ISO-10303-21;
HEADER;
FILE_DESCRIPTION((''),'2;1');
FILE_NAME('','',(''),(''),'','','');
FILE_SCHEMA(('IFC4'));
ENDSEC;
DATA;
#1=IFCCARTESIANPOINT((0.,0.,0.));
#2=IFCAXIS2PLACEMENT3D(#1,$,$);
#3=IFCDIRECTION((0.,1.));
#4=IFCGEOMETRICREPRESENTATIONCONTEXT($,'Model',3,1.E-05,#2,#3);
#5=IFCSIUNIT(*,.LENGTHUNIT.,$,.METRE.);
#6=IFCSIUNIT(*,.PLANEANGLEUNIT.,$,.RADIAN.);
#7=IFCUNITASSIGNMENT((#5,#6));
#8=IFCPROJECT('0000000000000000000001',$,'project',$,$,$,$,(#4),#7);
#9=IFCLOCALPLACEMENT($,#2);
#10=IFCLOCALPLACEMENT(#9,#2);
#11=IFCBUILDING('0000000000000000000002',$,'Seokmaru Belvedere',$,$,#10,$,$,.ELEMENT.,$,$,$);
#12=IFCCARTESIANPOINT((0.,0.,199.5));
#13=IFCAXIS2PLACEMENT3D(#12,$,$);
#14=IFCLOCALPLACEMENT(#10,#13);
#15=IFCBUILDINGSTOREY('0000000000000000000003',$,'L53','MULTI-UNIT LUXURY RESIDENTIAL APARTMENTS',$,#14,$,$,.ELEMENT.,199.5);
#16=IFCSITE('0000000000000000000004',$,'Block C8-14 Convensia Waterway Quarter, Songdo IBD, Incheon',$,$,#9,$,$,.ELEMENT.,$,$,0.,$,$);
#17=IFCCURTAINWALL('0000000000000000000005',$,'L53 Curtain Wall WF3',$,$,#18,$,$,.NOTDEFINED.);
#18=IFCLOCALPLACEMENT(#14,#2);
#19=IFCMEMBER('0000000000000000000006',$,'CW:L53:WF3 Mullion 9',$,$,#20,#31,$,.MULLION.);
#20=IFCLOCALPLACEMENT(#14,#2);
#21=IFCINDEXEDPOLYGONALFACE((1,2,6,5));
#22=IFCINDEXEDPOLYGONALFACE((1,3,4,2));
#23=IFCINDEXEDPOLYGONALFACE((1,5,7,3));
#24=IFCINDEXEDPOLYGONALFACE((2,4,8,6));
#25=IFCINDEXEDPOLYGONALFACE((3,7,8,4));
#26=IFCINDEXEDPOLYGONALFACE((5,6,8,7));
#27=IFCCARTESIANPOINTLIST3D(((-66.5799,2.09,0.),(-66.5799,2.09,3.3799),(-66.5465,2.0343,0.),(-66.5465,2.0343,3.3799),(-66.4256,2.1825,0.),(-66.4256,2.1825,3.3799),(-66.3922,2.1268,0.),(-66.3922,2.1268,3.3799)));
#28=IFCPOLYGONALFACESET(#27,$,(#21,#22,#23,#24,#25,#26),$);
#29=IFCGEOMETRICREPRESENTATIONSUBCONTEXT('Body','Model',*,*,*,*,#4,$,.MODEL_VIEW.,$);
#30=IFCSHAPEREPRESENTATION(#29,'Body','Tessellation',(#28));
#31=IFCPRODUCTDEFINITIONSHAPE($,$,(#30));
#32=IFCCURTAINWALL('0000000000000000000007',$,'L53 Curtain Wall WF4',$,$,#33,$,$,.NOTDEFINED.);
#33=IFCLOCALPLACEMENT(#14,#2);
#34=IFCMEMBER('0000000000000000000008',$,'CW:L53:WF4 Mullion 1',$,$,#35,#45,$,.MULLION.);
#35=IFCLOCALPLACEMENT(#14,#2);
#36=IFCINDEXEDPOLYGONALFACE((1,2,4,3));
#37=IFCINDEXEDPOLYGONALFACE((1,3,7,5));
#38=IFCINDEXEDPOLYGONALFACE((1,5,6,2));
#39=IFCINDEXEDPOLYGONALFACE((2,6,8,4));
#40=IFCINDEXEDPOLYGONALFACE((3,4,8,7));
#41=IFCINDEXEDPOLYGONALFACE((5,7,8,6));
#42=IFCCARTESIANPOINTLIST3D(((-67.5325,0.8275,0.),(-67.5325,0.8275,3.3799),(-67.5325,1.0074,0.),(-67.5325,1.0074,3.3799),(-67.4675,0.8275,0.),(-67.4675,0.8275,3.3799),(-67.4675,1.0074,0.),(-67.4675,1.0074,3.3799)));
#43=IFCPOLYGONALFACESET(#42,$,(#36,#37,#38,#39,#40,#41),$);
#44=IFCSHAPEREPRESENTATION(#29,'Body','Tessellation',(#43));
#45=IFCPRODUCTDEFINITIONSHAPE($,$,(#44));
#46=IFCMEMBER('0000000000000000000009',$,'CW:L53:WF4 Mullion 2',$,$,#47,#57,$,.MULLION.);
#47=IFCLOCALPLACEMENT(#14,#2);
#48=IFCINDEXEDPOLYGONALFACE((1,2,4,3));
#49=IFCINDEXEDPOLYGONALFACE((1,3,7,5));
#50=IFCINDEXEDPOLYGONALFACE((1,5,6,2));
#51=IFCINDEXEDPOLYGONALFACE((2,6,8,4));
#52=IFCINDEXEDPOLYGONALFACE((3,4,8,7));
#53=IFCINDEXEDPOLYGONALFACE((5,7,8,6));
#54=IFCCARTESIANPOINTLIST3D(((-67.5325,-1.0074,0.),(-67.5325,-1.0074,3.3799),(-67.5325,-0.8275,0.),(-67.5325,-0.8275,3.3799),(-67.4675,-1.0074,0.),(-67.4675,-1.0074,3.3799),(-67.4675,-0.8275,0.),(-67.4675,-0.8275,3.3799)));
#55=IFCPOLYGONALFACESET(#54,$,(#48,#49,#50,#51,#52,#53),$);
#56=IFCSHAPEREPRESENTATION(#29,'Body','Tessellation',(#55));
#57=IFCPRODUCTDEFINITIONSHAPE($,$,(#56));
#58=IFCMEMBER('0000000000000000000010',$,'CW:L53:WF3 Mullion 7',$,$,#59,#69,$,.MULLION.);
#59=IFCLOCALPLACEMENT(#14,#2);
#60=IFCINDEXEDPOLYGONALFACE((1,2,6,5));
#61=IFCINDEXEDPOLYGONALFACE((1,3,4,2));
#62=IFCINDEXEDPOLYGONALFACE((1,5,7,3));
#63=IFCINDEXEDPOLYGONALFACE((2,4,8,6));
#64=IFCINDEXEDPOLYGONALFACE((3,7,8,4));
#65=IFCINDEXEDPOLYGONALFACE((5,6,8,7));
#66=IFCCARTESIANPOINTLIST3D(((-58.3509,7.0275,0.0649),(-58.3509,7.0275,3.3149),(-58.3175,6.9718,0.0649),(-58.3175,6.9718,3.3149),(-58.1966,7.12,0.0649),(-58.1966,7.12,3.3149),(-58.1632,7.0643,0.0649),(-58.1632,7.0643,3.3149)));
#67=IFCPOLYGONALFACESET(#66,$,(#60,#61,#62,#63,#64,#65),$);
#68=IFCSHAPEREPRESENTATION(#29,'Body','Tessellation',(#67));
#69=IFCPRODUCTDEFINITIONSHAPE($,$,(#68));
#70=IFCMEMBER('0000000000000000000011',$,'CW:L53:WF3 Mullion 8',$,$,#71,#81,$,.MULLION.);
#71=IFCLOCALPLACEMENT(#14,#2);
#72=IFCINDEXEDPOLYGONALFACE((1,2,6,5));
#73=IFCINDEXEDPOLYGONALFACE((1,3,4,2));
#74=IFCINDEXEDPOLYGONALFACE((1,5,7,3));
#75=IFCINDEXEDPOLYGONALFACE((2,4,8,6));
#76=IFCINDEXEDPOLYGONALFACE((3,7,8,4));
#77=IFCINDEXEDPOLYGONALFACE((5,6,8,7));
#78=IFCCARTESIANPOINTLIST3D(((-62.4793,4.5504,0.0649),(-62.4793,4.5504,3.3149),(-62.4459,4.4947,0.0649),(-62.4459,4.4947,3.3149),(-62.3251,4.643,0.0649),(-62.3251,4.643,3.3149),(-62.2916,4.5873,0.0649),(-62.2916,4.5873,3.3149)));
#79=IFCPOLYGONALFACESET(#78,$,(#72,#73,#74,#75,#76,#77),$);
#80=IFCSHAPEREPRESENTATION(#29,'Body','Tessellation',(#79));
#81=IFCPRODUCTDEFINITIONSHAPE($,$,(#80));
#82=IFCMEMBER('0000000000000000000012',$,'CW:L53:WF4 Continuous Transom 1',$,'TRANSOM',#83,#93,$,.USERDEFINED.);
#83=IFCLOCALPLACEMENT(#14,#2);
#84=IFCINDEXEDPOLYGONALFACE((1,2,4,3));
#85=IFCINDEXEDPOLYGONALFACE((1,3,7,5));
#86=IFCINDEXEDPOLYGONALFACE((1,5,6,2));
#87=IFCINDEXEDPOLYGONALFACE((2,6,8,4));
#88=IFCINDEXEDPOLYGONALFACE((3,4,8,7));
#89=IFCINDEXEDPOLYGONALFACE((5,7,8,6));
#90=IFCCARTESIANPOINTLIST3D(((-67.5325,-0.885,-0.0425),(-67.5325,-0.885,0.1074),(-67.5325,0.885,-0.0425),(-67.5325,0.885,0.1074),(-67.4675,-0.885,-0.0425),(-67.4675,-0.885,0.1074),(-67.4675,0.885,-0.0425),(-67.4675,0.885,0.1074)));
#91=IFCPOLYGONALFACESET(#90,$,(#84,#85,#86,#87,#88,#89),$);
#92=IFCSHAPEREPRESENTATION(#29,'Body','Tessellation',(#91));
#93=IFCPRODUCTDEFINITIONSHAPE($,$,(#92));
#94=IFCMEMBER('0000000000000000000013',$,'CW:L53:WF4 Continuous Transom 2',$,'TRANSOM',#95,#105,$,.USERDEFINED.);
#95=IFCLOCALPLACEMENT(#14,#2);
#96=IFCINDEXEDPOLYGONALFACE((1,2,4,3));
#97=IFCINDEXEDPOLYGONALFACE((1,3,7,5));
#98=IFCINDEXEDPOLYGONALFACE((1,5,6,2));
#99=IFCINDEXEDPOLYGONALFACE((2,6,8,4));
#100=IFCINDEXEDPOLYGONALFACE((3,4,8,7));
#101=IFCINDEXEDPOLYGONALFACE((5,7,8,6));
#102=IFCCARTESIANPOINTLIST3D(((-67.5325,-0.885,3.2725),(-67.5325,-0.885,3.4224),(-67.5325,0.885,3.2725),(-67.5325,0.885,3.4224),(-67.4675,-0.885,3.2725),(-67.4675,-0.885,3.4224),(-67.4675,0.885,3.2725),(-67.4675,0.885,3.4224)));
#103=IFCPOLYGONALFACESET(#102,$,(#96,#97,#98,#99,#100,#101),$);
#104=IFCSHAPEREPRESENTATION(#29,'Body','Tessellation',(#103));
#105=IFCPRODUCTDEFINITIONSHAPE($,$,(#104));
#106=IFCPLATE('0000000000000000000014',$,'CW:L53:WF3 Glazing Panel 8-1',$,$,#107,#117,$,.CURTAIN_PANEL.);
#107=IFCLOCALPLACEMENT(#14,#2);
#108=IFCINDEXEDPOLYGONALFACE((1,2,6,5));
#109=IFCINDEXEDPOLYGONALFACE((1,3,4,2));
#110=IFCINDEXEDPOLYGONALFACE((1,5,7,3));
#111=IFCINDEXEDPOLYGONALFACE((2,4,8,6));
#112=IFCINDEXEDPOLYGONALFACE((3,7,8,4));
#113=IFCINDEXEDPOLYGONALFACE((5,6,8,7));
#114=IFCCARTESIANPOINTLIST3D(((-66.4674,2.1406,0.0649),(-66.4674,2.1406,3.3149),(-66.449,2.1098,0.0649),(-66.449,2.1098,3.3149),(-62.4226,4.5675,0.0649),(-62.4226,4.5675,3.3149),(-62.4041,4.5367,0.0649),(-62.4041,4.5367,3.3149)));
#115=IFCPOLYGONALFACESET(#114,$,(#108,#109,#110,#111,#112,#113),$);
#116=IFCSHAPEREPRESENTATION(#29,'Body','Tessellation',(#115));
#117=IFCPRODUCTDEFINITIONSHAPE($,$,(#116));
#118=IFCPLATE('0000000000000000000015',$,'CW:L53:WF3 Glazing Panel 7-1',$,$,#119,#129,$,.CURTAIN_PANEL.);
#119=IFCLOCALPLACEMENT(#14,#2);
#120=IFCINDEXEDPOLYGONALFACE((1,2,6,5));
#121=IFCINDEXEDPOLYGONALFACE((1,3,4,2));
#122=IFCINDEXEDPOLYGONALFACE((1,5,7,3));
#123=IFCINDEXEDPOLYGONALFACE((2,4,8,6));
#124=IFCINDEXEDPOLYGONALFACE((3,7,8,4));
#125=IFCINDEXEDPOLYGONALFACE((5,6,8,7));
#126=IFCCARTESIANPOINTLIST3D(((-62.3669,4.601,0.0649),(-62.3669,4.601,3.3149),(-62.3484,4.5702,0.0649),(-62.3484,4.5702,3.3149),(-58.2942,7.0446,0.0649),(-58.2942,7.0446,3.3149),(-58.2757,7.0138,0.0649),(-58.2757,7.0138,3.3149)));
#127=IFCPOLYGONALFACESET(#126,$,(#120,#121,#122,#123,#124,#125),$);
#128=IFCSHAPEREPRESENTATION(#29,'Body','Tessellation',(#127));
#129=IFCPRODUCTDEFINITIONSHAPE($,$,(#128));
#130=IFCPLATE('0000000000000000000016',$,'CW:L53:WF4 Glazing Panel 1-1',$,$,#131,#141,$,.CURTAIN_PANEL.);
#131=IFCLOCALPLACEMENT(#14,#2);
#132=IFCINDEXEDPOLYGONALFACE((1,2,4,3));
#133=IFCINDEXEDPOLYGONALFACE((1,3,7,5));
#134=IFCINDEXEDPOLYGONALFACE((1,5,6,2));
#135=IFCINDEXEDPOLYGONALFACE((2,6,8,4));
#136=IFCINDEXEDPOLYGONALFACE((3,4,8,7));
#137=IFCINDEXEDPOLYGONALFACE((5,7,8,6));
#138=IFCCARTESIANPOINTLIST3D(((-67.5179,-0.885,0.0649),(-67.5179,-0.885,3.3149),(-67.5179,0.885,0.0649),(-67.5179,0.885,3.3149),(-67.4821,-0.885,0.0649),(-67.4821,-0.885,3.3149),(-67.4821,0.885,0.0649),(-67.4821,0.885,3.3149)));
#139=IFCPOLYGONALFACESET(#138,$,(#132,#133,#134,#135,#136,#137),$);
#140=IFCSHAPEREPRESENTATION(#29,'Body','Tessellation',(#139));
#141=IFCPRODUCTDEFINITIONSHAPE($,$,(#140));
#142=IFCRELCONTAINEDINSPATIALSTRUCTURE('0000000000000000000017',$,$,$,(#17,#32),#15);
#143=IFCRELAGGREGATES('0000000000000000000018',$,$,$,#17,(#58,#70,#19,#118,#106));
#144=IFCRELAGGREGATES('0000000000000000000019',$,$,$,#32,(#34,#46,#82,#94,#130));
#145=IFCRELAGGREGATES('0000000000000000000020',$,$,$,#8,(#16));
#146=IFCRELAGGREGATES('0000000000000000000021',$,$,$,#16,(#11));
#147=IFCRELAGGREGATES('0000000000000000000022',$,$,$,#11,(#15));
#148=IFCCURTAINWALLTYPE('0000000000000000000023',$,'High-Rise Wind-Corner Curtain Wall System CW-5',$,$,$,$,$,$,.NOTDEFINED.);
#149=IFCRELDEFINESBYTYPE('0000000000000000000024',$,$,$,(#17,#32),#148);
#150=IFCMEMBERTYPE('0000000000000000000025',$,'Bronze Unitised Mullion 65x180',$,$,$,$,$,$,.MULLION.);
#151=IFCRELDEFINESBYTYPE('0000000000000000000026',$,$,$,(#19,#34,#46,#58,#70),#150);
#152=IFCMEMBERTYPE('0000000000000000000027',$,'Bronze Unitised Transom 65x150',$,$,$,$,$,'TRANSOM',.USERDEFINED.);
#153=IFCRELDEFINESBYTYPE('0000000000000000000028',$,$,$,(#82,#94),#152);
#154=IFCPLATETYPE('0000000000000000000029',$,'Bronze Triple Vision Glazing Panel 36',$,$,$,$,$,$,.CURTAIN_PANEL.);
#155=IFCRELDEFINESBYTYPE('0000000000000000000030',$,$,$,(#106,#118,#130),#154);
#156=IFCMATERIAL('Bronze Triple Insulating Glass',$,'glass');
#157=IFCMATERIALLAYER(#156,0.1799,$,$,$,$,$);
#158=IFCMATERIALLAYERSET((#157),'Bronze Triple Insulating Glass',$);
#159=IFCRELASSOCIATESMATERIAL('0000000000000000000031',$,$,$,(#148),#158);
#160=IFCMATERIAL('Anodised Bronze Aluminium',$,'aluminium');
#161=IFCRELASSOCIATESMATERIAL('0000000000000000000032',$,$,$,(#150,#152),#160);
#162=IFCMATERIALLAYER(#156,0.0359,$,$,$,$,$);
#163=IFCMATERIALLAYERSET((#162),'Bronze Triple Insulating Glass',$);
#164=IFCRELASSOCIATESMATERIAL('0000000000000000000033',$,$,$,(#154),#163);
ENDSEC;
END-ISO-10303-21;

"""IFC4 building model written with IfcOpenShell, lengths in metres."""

from ifc_helpers import new_model, si_unit, direction, frame, origin, origin_2d, place, context, subcontext, project, spatial, rectangle, extrude, source, transform, mapped, material, layer, layer_set, material_profile, profile_set, type_object, type_shapes, element, aggregate, save


model = new_model("IFC4")

# Units and contexts
model_context = context("Model", 3, precision=1e-05, world=origin(), true_north=direction((0.0, 1.0)))
body_context = subcontext(model_context, "Body", "Model", "MODEL_VIEW")
ifc_project = project(units=[si_unit("LENGTHUNIT", "METRE"), si_unit("PLANEANGLEUNIT", "RADIAN")], contexts=[model_context])

# Site, building, storey
site_placement = place(None, origin())
site = spatial("IfcSite", under=ifc_project, at=site_placement, Name="Block C8-14 Convensia Waterway Quarter, Songdo IBD, Incheon", CompositionType="ELEMENT", RefElevation=0.0)
building_placement = place(site_placement, origin())
building = spatial("IfcBuilding", under=site, at=building_placement, Name="Seokmaru Belvedere", CompositionType="ELEMENT")
storey_placement = place(building_placement, frame((0.0, 0.0, 199.5)))
storey = spatial("IfcBuildingStorey", under=building, at=storey_placement, Name="L53", Description="MULTI-UNIT LUXURY RESIDENTIAL APARTMENTS", CompositionType="ELEMENT", Elevation=199.5)

# Curtain wall, member
ifc_material_1 = material(Name="Bronze Triple Insulating Glass", Category="glass")
ifc_layer_1 = layer(ifc_material_1, 0.1799)
ifc_layer_set_1 = layer_set([ifc_layer_1], Name="Bronze Triple Insulating Glass")
curtain_wall_type = type_object("IfcCurtainWallType", Name="High-Rise Wind-Corner Curtain Wall System CW-5", PredefinedType="NOTDEFINED", material=ifc_layer_set_1)
curtain_wall_1_placement = place(storey_placement, origin())
curtain_wall_1 = element("IfcCurtainWall", 1, at=curtain_wall_1_placement, inside=storey, type_object=curtain_wall_type, Name="L53 Curtain Wall WF3", PredefinedType="NOTDEFINED")
ifc_material_2 = material(Name="Anodised Bronze Aluminium", Category="aluminium")
ifc_material_profile_1 = material_profile(ifc_material_2, rectangle(XDim=0.0649, YDim=0.1799, at=origin_2d()), Name="CW-M-65x180")
ifc_profile_set_1 = profile_set([ifc_material_profile_1], Name="Anodised Bronze Aluminium")
member_type_1 = type_object("IfcMemberType", Name="Bronze Unitised Mullion 65x180", PredefinedType="MULLION", material=ifc_profile_set_1)
shared_shape_1 = source(origin(), body_context, "Body", "SweptSolid", [
    extrude(rectangle(XDim=0.0649, YDim=0.1799, at=origin_2d()), origin(), (0.0, 0.0, 1.0), 3.3799),
])
member_1_placement = place(storey_placement, frame((-66.4861, 2.1084, 0.0), z_axis=(0.0, 0.0, 1.0), x_axis=(0.514495, -0.857493, 0.0)))
member_1 = element("IfcMember", 2, at=member_1_placement, type_object=member_type_1, Name="CW:L53:WF3 Mullion 9", PredefinedType="MULLION", context=body_context, shape_type="MappedRepresentation", body=[
    mapped(shared_shape_1, transform((0.0, 0.0, 0.0), scale=1.0)),
])

# Curtain wall, members
curtain_wall_2_placement = place(storey_placement, origin())
curtain_wall_2 = element("IfcCurtainWall", 3, at=curtain_wall_2_placement, inside=storey, type_object=curtain_wall_type, Name="L53 Curtain Wall WF4", PredefinedType="NOTDEFINED")
member_2_placement = place(storey_placement, frame((-67.5, 0.9175, 0.0), z_axis=(0.0, 0.0, 1.0), x_axis=(1.0, 0.0, 0.0)))
member_2 = element("IfcMember", 4, at=member_2_placement, type_object=member_type_1, Name="CW:L53:WF4 Mullion 1", PredefinedType="MULLION", context=body_context, shape_type="MappedRepresentation", body=[
    mapped(shared_shape_1, transform((0.0, 0.0, 0.0), scale=1.0)),
])
member_3_placement = place(storey_placement, frame((-67.5, -0.9175, 0.0), z_axis=(0.0, 0.0, 1.0), x_axis=(1.0, 0.0, 0.0)))
member_3 = element("IfcMember", 5, at=member_3_placement, type_object=member_type_1, Name="CW:L53:WF4 Mullion 2", PredefinedType="MULLION", context=body_context, shape_type="MappedRepresentation", body=[
    mapped(shared_shape_1, transform((0.0, 0.0, 0.0), scale=1.0)),
])

# Members
shared_shape_2 = source(origin(), body_context, "Body", "SweptSolid", [
    extrude(rectangle(XDim=0.0649, YDim=0.1799, at=origin_2d()), origin(), (0.0, 0.0, 1.0), 3.25),
])
type_shapes(member_type_1, [shared_shape_1, shared_shape_2])
member_4_placement = place(storey_placement, frame((-58.2571, 7.0459, 0.0649), z_axis=(0.0, 0.0, 1.0), x_axis=(0.514495, -0.857493, 0.0)))
member_4 = element("IfcMember", 6, at=member_4_placement, type_object=member_type_1, Name="CW:L53:WF3 Mullion 7", PredefinedType="MULLION", context=body_context, shape_type="MappedRepresentation", body=[
    mapped(shared_shape_2, transform((0.0, 0.0, 0.0), scale=1.0)),
])
member_5_placement = place(storey_placement, frame((-62.3855, 4.5688, 0.0649), z_axis=(0.0, 0.0, 1.0), x_axis=(0.514495, -0.857493, 0.0)))
member_5 = element("IfcMember", 7, at=member_5_placement, type_object=member_type_1, Name="CW:L53:WF3 Mullion 8", PredefinedType="MULLION", context=body_context, shape_type="MappedRepresentation", body=[
    mapped(shared_shape_2, transform((0.0, 0.0, 0.0), scale=1.0)),
])
ifc_material_profile_2 = material_profile(ifc_material_2, rectangle(XDim=0.0649, YDim=0.1499, at=origin_2d()), Name="CW-T-65x150")
ifc_profile_set_2 = profile_set([ifc_material_profile_2], Name="Anodised Bronze Aluminium")
member_type_2 = type_object("IfcMemberType", Name="Bronze Unitised Transom 65x150", ElementType="TRANSOM", PredefinedType="USERDEFINED", material=ifc_profile_set_2)
shared_shape_3 = source(origin(), body_context, "Body", "SweptSolid", [
    extrude(rectangle(XDim=0.0649, YDim=0.1499, at=origin_2d()), origin(), (0.0, 0.0, 1.0), 1.77),
])
type_shapes(member_type_2, [shared_shape_3])
member_6_placement = place(storey_placement, frame((-67.5, 0.885, 0.0325), z_axis=(0.0, -1.0, 0.0), x_axis=(1.0, 0.0, 0.0)))
member_6 = element("IfcMember", 8, at=member_6_placement, type_object=member_type_2, Name="CW:L53:WF4 Continuous Transom 1", ObjectType="TRANSOM", PredefinedType="USERDEFINED", context=body_context, shape_type="MappedRepresentation", body=[
    mapped(shared_shape_3, transform((0.0, 0.0, 0.0), scale=1.0)),
])
member_7_placement = place(storey_placement, frame((-67.5, 0.885, 3.3474), z_axis=(0.0, -1.0, 0.0), x_axis=(1.0, 0.0, 0.0)))
member_7 = element("IfcMember", 9, at=member_7_placement, type_object=member_type_2, Name="CW:L53:WF4 Continuous Transom 2", ObjectType="TRANSOM", PredefinedType="USERDEFINED", context=body_context, shape_type="MappedRepresentation", body=[
    mapped(shared_shape_3, transform((0.0, 0.0, 0.0), scale=1.0)),
])

# Plates
ifc_layer_2 = layer(ifc_material_1, 0.0359)
ifc_layer_set_2 = layer_set([ifc_layer_2], Name="Bronze Triple Insulating Glass")
plate_type = type_object("IfcPlateType", Name="Bronze Triple Vision Glazing Panel 36", PredefinedType="CURTAIN_PANEL", material=ifc_layer_set_2)
shared_shape_4 = source(origin(), body_context, "Body", "SweptSolid", [
    extrude(rectangle(XDim=4.717, YDim=0.0359, at=origin_2d()), origin(), (0.0, 0.0, 1.0), 3.25),
])
plate_1_placement = place(storey_placement, frame((-64.4358, 3.3386, 0.0649), z_axis=(0.0, 0.0, 1.0), x_axis=(-0.857493, -0.514495, 0.0)))
plate_1 = element("IfcPlate", 10, at=plate_1_placement, type_object=plate_type, Name="CW:L53:WF3 Glazing Panel 8-1", PredefinedType="CURTAIN_PANEL", context=body_context, shape_type="MappedRepresentation", body=[
    mapped(shared_shape_4, transform((0.0, 0.0, 0.0), scale=1.0)),
])
shared_shape_5 = source(origin(), body_context, "Body", "SweptSolid", [
    extrude(rectangle(XDim=4.7495, YDim=0.0359, at=origin_2d()), origin(), (0.0, 0.0, 1.0), 3.25),
])
plate_2_placement = place(storey_placement, frame((-60.3213, 5.8074, 0.0649), z_axis=(0.0, 0.0, 1.0), x_axis=(-0.857493, -0.514495, 0.0)))
plate_2 = element("IfcPlate", 11, at=plate_2_placement, type_object=plate_type, Name="CW:L53:WF3 Glazing Panel 7-1", PredefinedType="CURTAIN_PANEL", context=body_context, shape_type="MappedRepresentation", body=[
    mapped(shared_shape_5, transform((0.0, 0.0, 0.0), scale=1.0)),
])
aggregate(curtain_wall_1, [member_4, member_5, member_1, plate_2, plate_1])
shared_shape_6 = source(origin(), body_context, "Body", "SweptSolid", [
    extrude(rectangle(XDim=1.77, YDim=0.0359, at=origin_2d()), origin(), (0.0, 0.0, 1.0), 3.25),
])
type_shapes(plate_type, [shared_shape_4, shared_shape_5, shared_shape_6])
plate_3_placement = place(storey_placement, frame((-67.5, 0.0, 0.0649), z_axis=(0.0, 0.0, 1.0), x_axis=(0.0, -1.0, 0.0)))
plate_3 = element("IfcPlate", 12, at=plate_3_placement, type_object=plate_type, Name="CW:L53:WF4 Glazing Panel 1-1", PredefinedType="CURTAIN_PANEL", context=body_context, shape_type="MappedRepresentation", body=[
    mapped(shared_shape_6, transform((0.0, 0.0, 0.0), scale=1.0)),
])
aggregate(curtain_wall_2, [member_2, member_3, member_6, member_7, plate_3])

save(model, "model.ifc")
